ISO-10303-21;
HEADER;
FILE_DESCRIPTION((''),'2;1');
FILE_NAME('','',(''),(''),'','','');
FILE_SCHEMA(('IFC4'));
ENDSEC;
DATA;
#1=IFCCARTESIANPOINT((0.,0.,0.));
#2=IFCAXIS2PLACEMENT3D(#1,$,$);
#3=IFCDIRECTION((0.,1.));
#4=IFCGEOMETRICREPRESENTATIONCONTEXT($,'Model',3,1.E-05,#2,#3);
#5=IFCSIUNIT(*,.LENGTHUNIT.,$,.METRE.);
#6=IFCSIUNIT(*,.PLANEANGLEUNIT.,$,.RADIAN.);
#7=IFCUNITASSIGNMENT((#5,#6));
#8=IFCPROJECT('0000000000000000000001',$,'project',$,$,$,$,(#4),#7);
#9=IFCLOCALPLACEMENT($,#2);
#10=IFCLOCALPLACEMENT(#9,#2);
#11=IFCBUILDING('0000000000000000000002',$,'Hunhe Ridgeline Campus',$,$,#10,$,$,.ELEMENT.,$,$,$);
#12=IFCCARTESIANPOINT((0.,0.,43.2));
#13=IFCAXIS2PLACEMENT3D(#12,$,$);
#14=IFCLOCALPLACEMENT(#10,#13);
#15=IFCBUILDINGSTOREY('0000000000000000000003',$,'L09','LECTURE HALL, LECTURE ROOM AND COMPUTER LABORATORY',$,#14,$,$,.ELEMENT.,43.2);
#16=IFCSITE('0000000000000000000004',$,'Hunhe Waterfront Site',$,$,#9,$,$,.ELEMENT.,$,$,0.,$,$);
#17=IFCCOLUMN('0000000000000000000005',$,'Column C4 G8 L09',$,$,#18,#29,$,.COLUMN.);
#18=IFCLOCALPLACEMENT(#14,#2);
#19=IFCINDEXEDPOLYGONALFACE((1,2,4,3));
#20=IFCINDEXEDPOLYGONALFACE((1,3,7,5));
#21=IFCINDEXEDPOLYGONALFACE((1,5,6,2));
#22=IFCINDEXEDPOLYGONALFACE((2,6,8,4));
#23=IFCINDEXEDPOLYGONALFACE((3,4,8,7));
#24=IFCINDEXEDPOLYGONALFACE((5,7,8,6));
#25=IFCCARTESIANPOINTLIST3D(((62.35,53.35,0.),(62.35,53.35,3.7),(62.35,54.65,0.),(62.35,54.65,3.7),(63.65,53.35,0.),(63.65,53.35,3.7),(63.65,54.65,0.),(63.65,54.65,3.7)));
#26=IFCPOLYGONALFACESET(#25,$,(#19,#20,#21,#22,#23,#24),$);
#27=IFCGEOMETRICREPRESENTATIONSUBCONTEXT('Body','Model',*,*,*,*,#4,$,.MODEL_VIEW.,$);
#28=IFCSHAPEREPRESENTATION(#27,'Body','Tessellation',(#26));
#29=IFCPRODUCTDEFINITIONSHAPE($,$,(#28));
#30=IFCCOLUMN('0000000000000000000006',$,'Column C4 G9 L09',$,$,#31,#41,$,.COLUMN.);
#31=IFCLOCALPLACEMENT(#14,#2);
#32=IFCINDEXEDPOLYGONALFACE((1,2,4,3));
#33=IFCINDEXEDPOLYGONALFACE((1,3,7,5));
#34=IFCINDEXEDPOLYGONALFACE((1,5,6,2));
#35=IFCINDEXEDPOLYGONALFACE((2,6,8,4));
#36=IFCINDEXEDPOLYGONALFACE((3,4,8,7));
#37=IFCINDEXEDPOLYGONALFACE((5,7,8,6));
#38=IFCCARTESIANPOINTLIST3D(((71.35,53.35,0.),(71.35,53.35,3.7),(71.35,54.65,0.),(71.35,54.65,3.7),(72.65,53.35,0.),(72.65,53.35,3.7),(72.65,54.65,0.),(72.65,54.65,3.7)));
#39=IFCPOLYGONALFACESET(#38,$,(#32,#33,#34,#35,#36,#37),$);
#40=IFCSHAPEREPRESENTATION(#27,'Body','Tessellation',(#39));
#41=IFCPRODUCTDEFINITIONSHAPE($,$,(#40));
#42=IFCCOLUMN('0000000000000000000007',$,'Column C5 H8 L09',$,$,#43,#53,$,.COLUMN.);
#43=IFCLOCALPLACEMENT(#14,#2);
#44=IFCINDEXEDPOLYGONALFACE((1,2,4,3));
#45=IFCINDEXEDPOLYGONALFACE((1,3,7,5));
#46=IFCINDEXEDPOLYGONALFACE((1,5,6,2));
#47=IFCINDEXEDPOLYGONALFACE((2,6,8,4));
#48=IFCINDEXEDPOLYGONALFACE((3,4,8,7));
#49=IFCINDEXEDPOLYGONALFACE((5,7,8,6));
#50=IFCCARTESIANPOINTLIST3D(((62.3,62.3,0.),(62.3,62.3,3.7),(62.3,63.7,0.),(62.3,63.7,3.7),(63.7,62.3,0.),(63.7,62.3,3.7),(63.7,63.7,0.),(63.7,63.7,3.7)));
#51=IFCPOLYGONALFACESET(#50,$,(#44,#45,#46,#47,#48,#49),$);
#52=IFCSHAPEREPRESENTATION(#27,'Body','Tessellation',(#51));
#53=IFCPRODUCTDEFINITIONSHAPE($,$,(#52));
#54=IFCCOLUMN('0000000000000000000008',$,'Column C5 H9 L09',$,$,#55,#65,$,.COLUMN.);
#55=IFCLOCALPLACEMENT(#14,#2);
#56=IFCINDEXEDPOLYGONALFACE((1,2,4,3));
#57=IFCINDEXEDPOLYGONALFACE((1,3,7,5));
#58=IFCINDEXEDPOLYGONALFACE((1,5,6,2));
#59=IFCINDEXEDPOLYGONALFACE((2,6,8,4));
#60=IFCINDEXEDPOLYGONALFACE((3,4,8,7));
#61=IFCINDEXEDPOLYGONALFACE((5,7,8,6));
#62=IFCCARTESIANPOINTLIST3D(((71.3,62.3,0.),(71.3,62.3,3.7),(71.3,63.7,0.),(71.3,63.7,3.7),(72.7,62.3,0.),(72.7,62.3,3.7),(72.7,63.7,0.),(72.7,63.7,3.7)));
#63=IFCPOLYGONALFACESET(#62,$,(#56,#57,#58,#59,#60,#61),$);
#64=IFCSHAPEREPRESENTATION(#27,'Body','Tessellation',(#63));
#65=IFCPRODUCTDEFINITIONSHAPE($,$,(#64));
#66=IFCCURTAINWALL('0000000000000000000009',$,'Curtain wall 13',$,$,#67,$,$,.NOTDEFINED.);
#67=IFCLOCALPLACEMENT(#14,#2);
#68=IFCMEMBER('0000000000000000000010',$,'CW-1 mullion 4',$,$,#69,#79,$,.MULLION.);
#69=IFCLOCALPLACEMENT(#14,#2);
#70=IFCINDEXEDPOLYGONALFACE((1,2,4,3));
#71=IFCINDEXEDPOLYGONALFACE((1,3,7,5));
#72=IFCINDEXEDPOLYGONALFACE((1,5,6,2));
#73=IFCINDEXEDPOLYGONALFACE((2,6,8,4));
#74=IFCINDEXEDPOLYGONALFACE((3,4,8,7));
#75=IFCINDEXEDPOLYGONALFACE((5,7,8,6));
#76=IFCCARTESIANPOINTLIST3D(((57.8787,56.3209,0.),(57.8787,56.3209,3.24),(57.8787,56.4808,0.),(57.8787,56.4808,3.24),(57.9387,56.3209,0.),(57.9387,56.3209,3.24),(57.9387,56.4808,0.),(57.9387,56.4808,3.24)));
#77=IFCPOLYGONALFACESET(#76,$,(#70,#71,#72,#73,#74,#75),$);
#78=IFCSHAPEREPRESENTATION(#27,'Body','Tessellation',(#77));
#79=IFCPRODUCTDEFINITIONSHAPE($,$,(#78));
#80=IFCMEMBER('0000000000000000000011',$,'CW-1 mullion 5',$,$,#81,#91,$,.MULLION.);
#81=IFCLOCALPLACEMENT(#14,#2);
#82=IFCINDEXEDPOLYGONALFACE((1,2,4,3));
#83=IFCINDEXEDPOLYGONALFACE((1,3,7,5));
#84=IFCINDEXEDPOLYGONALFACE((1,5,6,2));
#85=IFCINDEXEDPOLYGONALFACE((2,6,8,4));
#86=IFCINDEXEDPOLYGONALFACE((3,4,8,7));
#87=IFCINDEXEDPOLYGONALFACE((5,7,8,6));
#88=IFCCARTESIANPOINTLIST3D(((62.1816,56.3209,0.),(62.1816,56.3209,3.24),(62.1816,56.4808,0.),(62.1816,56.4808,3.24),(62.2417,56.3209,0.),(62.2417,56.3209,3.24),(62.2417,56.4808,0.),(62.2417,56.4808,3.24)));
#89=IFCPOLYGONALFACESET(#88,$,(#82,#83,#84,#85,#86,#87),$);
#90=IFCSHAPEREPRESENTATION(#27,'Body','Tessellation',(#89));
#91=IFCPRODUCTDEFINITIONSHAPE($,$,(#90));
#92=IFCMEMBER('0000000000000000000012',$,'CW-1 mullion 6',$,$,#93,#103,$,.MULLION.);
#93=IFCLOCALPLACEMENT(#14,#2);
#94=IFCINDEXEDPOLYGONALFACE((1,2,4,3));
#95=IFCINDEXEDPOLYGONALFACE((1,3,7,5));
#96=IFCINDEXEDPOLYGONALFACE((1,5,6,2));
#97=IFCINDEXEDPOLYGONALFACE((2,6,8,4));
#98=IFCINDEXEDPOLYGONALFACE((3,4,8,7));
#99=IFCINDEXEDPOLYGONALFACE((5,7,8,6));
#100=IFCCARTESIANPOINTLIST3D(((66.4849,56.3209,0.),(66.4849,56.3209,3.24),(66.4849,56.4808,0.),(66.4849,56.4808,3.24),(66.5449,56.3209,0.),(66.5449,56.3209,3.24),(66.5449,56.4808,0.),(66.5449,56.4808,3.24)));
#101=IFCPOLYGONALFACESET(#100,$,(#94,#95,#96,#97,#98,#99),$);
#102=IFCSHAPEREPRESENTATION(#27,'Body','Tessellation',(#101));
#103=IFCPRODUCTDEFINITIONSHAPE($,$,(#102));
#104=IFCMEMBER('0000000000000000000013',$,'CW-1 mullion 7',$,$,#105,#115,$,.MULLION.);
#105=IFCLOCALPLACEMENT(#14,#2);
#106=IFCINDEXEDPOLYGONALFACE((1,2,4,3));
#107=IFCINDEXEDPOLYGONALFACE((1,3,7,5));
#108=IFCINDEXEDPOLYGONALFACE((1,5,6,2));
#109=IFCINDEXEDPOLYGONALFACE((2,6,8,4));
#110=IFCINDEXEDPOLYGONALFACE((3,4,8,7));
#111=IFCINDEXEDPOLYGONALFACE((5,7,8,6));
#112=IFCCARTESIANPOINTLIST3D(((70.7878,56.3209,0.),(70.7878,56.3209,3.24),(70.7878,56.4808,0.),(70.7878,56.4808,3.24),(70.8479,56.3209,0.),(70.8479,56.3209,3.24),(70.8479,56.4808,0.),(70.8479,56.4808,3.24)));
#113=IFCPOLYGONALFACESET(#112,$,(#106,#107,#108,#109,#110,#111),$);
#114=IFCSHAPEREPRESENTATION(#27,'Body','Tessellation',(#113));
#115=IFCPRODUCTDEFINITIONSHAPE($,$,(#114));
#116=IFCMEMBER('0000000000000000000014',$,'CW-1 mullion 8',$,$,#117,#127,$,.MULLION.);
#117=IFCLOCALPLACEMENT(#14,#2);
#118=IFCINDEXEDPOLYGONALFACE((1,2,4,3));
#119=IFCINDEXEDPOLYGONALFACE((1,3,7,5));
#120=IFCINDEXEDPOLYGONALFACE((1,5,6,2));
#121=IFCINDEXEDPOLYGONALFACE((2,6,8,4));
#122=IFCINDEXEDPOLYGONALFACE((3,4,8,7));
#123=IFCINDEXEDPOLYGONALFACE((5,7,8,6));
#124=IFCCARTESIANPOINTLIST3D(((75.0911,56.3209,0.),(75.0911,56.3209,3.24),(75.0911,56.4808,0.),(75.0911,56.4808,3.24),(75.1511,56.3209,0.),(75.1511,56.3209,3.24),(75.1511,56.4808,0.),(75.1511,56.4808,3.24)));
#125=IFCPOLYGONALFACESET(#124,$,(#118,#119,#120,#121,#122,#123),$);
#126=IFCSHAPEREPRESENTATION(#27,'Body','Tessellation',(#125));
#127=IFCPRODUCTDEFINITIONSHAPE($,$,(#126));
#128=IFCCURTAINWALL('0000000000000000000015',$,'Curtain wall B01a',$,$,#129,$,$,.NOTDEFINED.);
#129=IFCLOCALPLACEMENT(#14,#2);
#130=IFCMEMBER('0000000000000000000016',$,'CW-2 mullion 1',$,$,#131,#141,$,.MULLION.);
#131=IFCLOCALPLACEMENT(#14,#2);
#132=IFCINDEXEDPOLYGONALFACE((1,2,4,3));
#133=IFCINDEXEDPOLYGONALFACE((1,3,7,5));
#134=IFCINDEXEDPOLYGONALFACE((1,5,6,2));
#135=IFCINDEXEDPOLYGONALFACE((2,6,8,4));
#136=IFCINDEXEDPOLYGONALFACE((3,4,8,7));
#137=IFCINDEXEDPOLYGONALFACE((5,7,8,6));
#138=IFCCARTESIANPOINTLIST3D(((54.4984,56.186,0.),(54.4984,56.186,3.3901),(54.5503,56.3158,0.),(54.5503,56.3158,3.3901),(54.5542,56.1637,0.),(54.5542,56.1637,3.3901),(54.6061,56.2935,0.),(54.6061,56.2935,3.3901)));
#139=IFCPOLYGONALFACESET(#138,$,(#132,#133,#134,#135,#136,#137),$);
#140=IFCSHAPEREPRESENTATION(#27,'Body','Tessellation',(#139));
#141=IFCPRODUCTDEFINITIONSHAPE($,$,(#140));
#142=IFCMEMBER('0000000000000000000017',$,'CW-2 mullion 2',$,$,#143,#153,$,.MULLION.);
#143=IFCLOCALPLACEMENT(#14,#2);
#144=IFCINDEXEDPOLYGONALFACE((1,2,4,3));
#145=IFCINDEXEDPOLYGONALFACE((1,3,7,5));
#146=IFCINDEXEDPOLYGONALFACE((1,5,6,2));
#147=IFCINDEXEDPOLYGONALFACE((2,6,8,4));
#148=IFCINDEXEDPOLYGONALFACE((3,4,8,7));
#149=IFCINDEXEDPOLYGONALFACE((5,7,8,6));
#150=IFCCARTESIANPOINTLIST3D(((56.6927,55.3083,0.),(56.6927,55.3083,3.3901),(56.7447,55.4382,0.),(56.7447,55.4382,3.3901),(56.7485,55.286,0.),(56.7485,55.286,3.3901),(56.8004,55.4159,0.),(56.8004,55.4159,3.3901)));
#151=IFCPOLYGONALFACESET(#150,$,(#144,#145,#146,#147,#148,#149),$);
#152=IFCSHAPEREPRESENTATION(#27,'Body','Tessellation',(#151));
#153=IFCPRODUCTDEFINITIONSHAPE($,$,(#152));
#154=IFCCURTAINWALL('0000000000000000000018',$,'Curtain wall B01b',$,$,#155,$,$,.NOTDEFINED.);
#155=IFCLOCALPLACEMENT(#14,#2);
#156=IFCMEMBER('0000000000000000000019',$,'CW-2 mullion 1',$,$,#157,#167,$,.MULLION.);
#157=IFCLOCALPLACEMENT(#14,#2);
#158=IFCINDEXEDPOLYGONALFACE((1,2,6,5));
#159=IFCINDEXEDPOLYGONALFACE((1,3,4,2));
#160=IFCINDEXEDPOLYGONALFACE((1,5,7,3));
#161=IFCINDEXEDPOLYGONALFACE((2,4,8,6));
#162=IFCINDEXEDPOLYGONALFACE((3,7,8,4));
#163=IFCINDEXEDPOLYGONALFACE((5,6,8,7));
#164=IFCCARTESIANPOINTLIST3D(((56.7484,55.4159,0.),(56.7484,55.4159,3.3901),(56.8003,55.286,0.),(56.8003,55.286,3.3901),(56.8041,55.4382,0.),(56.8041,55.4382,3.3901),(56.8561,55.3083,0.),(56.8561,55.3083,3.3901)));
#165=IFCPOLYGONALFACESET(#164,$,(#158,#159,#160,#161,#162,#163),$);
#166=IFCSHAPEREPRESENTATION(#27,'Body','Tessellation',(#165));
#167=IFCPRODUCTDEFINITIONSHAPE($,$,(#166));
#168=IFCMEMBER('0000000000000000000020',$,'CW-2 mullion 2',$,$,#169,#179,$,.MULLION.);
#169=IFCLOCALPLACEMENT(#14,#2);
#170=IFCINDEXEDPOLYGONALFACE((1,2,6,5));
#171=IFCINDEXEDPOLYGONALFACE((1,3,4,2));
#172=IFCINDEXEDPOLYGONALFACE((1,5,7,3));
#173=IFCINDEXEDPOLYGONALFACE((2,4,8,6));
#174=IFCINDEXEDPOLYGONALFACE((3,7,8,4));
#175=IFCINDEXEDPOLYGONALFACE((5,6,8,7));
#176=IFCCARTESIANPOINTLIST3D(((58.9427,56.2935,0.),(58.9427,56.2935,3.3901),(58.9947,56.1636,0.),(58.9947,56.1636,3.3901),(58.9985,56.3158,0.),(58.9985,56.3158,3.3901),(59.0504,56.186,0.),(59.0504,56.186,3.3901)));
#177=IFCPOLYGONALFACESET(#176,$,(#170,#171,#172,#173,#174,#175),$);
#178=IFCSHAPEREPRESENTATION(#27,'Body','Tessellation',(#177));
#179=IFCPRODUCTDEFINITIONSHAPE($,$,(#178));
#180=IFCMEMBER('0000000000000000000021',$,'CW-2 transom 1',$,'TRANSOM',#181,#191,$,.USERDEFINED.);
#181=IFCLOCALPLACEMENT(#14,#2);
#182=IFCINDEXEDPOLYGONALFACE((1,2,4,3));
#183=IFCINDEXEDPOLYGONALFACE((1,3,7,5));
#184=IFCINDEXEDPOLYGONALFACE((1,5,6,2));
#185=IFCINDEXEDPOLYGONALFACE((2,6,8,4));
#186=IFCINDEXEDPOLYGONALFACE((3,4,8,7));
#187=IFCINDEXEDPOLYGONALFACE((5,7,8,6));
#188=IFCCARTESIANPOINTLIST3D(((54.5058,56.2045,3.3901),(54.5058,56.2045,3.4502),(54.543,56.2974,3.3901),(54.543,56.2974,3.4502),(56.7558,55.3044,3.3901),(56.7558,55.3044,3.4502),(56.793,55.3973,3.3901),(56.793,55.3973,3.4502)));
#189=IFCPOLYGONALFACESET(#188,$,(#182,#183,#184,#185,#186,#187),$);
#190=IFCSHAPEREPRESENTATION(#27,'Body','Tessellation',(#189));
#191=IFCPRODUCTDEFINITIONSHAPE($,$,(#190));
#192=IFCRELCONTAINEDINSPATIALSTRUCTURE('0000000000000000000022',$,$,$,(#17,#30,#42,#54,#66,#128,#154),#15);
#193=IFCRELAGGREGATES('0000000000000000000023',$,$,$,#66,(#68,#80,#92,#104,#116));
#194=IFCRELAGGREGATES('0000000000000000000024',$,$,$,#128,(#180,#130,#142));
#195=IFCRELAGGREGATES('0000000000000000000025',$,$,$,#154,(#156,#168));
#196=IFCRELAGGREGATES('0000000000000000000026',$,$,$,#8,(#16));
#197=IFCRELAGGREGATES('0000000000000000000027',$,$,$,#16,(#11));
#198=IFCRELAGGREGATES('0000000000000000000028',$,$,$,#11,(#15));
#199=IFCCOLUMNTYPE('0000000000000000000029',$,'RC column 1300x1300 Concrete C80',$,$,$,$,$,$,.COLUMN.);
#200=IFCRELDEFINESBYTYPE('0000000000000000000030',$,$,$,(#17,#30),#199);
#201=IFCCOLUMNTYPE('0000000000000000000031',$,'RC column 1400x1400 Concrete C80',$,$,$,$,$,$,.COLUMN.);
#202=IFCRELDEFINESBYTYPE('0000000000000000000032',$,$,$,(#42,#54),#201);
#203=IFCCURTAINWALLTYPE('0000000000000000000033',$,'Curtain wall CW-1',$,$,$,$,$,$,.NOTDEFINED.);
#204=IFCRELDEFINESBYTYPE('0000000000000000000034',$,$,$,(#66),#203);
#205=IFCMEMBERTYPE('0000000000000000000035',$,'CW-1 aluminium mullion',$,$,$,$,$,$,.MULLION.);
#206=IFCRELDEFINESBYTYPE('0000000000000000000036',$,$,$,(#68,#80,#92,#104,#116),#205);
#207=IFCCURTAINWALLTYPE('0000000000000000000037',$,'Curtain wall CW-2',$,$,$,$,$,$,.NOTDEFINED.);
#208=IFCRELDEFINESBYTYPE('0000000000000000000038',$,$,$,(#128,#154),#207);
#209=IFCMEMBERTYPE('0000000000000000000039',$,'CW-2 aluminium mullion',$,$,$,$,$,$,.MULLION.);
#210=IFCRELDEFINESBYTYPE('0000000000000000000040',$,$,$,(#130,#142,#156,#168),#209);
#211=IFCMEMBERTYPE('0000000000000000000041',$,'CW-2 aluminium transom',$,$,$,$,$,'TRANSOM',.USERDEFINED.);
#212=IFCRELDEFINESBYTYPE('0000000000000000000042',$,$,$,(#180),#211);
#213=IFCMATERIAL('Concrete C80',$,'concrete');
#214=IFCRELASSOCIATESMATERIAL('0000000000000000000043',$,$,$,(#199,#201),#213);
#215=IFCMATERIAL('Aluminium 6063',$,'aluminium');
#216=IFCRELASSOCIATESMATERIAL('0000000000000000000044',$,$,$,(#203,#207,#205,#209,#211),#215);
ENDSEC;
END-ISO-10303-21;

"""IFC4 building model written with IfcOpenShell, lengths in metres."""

from ifc_helpers import new_model, si_unit, direction, frame, origin, origin_2d, place, context, subcontext, project, spatial, rectangle, extrude, material, material_profile, profile_set, type_object, element, aggregate, save


model = new_model("IFC4")

# Units and contexts
model_context = context("Model", 3, precision=1e-05, world=origin(), true_north=direction((0.0, 1.0)))
body_context = subcontext(model_context, "Body", "Model", "MODEL_VIEW")
ifc_project = project(units=[si_unit("LENGTHUNIT", "METRE"), si_unit("PLANEANGLEUNIT", "RADIAN")], contexts=[model_context])

# Site, building, storey
site_placement = place(None, origin())
site = spatial("IfcSite", under=ifc_project, at=site_placement, Name="Hunhe Waterfront Site", CompositionType="ELEMENT", RefElevation=0.0)
building_placement = place(site_placement, origin())
building = spatial("IfcBuilding", under=site, at=building_placement, Name="Hunhe Ridgeline Campus", CompositionType="ELEMENT")
storey_placement = place(building_placement, frame((0.0, 0.0, 43.2)))
storey = spatial("IfcBuildingStorey", under=building, at=storey_placement, Name="L09", Description="LECTURE HALL, LECTURE ROOM AND COMPUTER LABORATORY", CompositionType="ELEMENT", Elevation=43.2)

# Columns
ifc_material_1 = material(Name="Concrete C80", Category="concrete")
ifc_material_profile_1 = material_profile(ifc_material_1, rectangle(XDim=1.3, YDim=1.3, at=origin_2d()))
ifc_profile_set_1 = profile_set([ifc_material_profile_1], Name="Concrete C80")
column_type_1 = type_object("IfcColumnType", Name="RC column 1300x1300 Concrete C80", PredefinedType="COLUMN", material=ifc_profile_set_1)
for number, where, z_axis, x_axis, name in (
    (1, (63.0, 54.0, 0.0), (0.0, 0.0, 1.0), (1.0, 0.0, 0.0), "Column C4 G8 L09"),
    (2, (72.0, 54.0, 0.0), (0.0, 0.0, 1.0), (1.0, 0.0, 0.0), "Column C4 G9 L09"),
):
    element("IfcColumn", number, at=place(storey_placement, frame(where, z_axis=z_axis, x_axis=x_axis)), inside=storey, type_object=column_type_1, Name=name, PredefinedType="COLUMN", context=body_context, shape_type="SweptSolid", body=[
        extrude(rectangle(XDim=1.3, YDim=1.3, at=origin_2d()), origin(), (0.0, 0.0, 1.0), 3.7),
    ])
ifc_material_profile_2 = material_profile(ifc_material_1, rectangle(XDim=1.3999, YDim=1.3999, at=origin_2d()))
ifc_profile_set_2 = profile_set([ifc_material_profile_2], Name="Concrete C80")
column_type_2 = type_object("IfcColumnType", Name="RC column 1400x1400 Concrete C80", PredefinedType="COLUMN", material=ifc_profile_set_2)
for number, where, z_axis, x_axis, name in (
    (3, (63.0, 63.0, 0.0), (0.0, 0.0, 1.0), (1.0, 0.0, 0.0), "Column C5 H8 L09"),
    (4, (72.0, 63.0, 0.0), (0.0, 0.0, 1.0), (1.0, 0.0, 0.0), "Column C5 H9 L09"),
):
    element("IfcColumn", number, at=place(storey_placement, frame(where, z_axis=z_axis, x_axis=x_axis)), inside=storey, type_object=column_type_2, Name=name, PredefinedType="COLUMN", context=body_context, shape_type="SweptSolid", body=[
        extrude(rectangle(XDim=1.3999, YDim=1.3999, at=origin_2d()), origin(), (0.0, 0.0, 1.0), 3.7),
    ])

# Curtain walls, members
ifc_material_2 = material(Name="Aluminium 6063", Category="aluminium")
curtain_wall_type_1 = type_object("IfcCurtainWallType", Name="Curtain wall CW-1", PredefinedType="NOTDEFINED", material=ifc_material_2)
curtain_wall_1_placement = place(storey_placement, origin())
curtain_wall_1 = element("IfcCurtainWall", 5, at=curtain_wall_1_placement, inside=storey, type_object=curtain_wall_type_1, Name="Curtain wall 13", PredefinedType="NOTDEFINED")
ifc_material_profile_3 = material_profile(ifc_material_2, rectangle(XDim=0.1599, YDim=0.0601, at=origin_2d()))
ifc_profile_set_3 = profile_set([ifc_material_profile_3], Name="Aluminium 6063")
member_type_1 = type_object("IfcMemberType", Name="CW-1 aluminium mullion", PredefinedType="MULLION", material=ifc_profile_set_3)
member_1_placement = place(storey_placement, frame((57.9087, 56.4009, 0.0), z_axis=(0.0, 0.0, 1.0), x_axis=(-0.000004, 1.0, 0.0)))
member_1 = element("IfcMember", 6, at=member_1_placement, type_object=member_type_1, Name="CW-1 mullion 4", PredefinedType="MULLION", context=body_context, shape_type="SweptSolid", body=[
    extrude(rectangle(XDim=0.1599, YDim=0.0601, at=origin_2d()), origin(), (0.0, 0.0, 1.0), 3.24),
])
member_2_placement = place(storey_placement, frame((62.2117, 56.4009, 0.0), z_axis=(0.0, 0.0, 1.0), x_axis=(-0.000004, 1.0, 0.0)))
member_2 = element("IfcMember", 7, at=member_2_placement, type_object=member_type_1, Name="CW-1 mullion 5", PredefinedType="MULLION", context=body_context, shape_type="SweptSolid", body=[
    extrude(rectangle(XDim=0.1599, YDim=0.0601, at=origin_2d()), origin(), (0.0, 0.0, 1.0), 3.24),
])
member_3_placement = place(storey_placement, frame((66.5149, 56.4009, 0.0), z_axis=(0.0, 0.0, 1.0), x_axis=(-0.000004, 1.0, 0.0)))
member_3 = element("IfcMember", 8, at=member_3_placement, type_object=member_type_1, Name="CW-1 mullion 6", PredefinedType="MULLION", context=body_context, shape_type="SweptSolid", body=[
    extrude(rectangle(XDim=0.1599, YDim=0.0601, at=origin_2d()), origin(), (0.0, 0.0, 1.0), 3.24),
])
member_4_placement = place(storey_placement, frame((70.8179, 56.4009, 0.0), z_axis=(0.0, 0.0, 1.0), x_axis=(-0.000004, 1.0, 0.0)))
member_4 = element("IfcMember", 9, at=member_4_placement, type_object=member_type_1, Name="CW-1 mullion 7", PredefinedType="MULLION", context=body_context, shape_type="SweptSolid", body=[
    extrude(rectangle(XDim=0.1599, YDim=0.0601, at=origin_2d()), origin(), (0.0, 0.0, 1.0), 3.24),
])
member_5_placement = place(storey_placement, frame((75.1211, 56.4009, 0.0), z_axis=(0.0, 0.0, 1.0), x_axis=(-0.000004, 1.0, 0.0)))
member_5 = element("IfcMember", 10, at=member_5_placement, type_object=member_type_1, Name="CW-1 mullion 8", PredefinedType="MULLION", context=body_context, shape_type="SweptSolid", body=[
    extrude(rectangle(XDim=0.1599, YDim=0.0601, at=origin_2d()), origin(), (0.0, 0.0, 1.0), 3.24),
])
curtain_wall_type_2 = type_object("IfcCurtainWallType", Name="Curtain wall CW-2", PredefinedType="NOTDEFINED", material=ifc_material_2)
curtain_wall_2_placement = place(storey_placement, origin())
curtain_wall_2 = element("IfcCurtainWall", 11, at=curtain_wall_2_placement, inside=storey, type_object=curtain_wall_type_2, Name="Curtain wall B01a", PredefinedType="NOTDEFINED")
ifc_material_profile_4 = material_profile(ifc_material_2, rectangle(XDim=0.1399, YDim=0.0601, at=origin_2d()))
ifc_profile_set_4 = profile_set([ifc_material_profile_4], Name="Aluminium 6063")
member_type_2 = type_object("IfcMemberType", Name="CW-2 aluminium mullion", PredefinedType="MULLION", material=ifc_profile_set_4)
member_6_placement = place(storey_placement, frame((54.5522, 56.2397, 0.0), z_axis=(0.0, 0.0, 1.0), x_axis=(0.371387, 0.928478, 0.0)))
member_6 = element("IfcMember", 12, at=member_6_placement, type_object=member_type_2, Name="CW-2 mullion 1", PredefinedType="MULLION", context=body_context, shape_type="SweptSolid", body=[
    extrude(rectangle(XDim=0.1399, YDim=0.0601, at=origin_2d()), origin(), (0.0, 0.0, 1.0), 3.3901),
])
member_7_placement = place(storey_placement, frame((56.7466, 55.3621, 0.0), z_axis=(0.0, 0.0, 1.0), x_axis=(0.371387, 0.928478, 0.0)))
member_7 = element("IfcMember", 13, at=member_7_placement, type_object=member_type_2, Name="CW-2 mullion 2", PredefinedType="MULLION", context=body_context, shape_type="SweptSolid", body=[
    extrude(rectangle(XDim=0.1399, YDim=0.0601, at=origin_2d()), origin(), (0.0, 0.0, 1.0), 3.3901),
])
curtain_wall_3_placement = place(storey_placement, origin())
curtain_wall_3 = element("IfcCurtainWall", 14, at=curtain_wall_3_placement, inside=storey, type_object=curtain_wall_type_2, Name="Curtain wall B01b", PredefinedType="NOTDEFINED")
member_8_placement = place(storey_placement, frame((56.8022, 55.3621, 0.0), z_axis=(0.0, 0.0, 1.0), x_axis=(-0.371394, 0.928475, 0.0)))
member_8 = element("IfcMember", 15, at=member_8_placement, type_object=member_type_2, Name="CW-2 mullion 1", PredefinedType="MULLION", context=body_context, shape_type="SweptSolid", body=[
    extrude(rectangle(XDim=0.1399, YDim=0.0601, at=origin_2d()), origin(), (0.0, 0.0, 1.0), 3.3901),
])
member_9_placement = place(storey_placement, frame((58.9966, 56.2397, 0.0), z_axis=(0.0, 0.0, 1.0), x_axis=(-0.371394, 0.928475, 0.0)))
member_9 = element("IfcMember", 16, at=member_9_placement, type_object=member_type_2, Name="CW-2 mullion 2", PredefinedType="MULLION", context=body_context, shape_type="SweptSolid", body=[
    extrude(rectangle(XDim=0.1399, YDim=0.0601, at=origin_2d()), origin(), (0.0, 0.0, 1.0), 3.3901),
])

# Member
ifc_material_profile_5 = material_profile(ifc_material_2, rectangle(XDim=0.1001, YDim=0.0601, at=origin_2d()))
ifc_profile_set_5 = profile_set([ifc_material_profile_5], Name="Aluminium 6063")
member_type_3 = type_object("IfcMemberType", Name="CW-2 aluminium transom", ElementType="TRANSOM", PredefinedType="USERDEFINED", material=ifc_profile_set_5)
member_10_placement = place(storey_placement, frame((54.5244, 56.251, 3.4202), z_axis=(0.928456, -0.371443, 0.0), x_axis=(0.371443, 0.928456, 0.0)))
member_10 = element("IfcMember", 17, at=member_10_placement, type_object=member_type_3, Name="CW-2 transom 1", ObjectType="TRANSOM", PredefinedType="USERDEFINED", context=body_context, shape_type="SweptSolid", body=[
    extrude(rectangle(XDim=0.1001, YDim=0.0601, at=origin_2d()), origin(), (0.0, 0.0, 1.0), 2.4233),
])

aggregate(curtain_wall_1, [member_1, member_2, member_3, member_4, member_5])
aggregate(curtain_wall_2, [member_10, member_6, member_7])
aggregate(curtain_wall_3, [member_8, member_9])

save(model, "model.ifc")
